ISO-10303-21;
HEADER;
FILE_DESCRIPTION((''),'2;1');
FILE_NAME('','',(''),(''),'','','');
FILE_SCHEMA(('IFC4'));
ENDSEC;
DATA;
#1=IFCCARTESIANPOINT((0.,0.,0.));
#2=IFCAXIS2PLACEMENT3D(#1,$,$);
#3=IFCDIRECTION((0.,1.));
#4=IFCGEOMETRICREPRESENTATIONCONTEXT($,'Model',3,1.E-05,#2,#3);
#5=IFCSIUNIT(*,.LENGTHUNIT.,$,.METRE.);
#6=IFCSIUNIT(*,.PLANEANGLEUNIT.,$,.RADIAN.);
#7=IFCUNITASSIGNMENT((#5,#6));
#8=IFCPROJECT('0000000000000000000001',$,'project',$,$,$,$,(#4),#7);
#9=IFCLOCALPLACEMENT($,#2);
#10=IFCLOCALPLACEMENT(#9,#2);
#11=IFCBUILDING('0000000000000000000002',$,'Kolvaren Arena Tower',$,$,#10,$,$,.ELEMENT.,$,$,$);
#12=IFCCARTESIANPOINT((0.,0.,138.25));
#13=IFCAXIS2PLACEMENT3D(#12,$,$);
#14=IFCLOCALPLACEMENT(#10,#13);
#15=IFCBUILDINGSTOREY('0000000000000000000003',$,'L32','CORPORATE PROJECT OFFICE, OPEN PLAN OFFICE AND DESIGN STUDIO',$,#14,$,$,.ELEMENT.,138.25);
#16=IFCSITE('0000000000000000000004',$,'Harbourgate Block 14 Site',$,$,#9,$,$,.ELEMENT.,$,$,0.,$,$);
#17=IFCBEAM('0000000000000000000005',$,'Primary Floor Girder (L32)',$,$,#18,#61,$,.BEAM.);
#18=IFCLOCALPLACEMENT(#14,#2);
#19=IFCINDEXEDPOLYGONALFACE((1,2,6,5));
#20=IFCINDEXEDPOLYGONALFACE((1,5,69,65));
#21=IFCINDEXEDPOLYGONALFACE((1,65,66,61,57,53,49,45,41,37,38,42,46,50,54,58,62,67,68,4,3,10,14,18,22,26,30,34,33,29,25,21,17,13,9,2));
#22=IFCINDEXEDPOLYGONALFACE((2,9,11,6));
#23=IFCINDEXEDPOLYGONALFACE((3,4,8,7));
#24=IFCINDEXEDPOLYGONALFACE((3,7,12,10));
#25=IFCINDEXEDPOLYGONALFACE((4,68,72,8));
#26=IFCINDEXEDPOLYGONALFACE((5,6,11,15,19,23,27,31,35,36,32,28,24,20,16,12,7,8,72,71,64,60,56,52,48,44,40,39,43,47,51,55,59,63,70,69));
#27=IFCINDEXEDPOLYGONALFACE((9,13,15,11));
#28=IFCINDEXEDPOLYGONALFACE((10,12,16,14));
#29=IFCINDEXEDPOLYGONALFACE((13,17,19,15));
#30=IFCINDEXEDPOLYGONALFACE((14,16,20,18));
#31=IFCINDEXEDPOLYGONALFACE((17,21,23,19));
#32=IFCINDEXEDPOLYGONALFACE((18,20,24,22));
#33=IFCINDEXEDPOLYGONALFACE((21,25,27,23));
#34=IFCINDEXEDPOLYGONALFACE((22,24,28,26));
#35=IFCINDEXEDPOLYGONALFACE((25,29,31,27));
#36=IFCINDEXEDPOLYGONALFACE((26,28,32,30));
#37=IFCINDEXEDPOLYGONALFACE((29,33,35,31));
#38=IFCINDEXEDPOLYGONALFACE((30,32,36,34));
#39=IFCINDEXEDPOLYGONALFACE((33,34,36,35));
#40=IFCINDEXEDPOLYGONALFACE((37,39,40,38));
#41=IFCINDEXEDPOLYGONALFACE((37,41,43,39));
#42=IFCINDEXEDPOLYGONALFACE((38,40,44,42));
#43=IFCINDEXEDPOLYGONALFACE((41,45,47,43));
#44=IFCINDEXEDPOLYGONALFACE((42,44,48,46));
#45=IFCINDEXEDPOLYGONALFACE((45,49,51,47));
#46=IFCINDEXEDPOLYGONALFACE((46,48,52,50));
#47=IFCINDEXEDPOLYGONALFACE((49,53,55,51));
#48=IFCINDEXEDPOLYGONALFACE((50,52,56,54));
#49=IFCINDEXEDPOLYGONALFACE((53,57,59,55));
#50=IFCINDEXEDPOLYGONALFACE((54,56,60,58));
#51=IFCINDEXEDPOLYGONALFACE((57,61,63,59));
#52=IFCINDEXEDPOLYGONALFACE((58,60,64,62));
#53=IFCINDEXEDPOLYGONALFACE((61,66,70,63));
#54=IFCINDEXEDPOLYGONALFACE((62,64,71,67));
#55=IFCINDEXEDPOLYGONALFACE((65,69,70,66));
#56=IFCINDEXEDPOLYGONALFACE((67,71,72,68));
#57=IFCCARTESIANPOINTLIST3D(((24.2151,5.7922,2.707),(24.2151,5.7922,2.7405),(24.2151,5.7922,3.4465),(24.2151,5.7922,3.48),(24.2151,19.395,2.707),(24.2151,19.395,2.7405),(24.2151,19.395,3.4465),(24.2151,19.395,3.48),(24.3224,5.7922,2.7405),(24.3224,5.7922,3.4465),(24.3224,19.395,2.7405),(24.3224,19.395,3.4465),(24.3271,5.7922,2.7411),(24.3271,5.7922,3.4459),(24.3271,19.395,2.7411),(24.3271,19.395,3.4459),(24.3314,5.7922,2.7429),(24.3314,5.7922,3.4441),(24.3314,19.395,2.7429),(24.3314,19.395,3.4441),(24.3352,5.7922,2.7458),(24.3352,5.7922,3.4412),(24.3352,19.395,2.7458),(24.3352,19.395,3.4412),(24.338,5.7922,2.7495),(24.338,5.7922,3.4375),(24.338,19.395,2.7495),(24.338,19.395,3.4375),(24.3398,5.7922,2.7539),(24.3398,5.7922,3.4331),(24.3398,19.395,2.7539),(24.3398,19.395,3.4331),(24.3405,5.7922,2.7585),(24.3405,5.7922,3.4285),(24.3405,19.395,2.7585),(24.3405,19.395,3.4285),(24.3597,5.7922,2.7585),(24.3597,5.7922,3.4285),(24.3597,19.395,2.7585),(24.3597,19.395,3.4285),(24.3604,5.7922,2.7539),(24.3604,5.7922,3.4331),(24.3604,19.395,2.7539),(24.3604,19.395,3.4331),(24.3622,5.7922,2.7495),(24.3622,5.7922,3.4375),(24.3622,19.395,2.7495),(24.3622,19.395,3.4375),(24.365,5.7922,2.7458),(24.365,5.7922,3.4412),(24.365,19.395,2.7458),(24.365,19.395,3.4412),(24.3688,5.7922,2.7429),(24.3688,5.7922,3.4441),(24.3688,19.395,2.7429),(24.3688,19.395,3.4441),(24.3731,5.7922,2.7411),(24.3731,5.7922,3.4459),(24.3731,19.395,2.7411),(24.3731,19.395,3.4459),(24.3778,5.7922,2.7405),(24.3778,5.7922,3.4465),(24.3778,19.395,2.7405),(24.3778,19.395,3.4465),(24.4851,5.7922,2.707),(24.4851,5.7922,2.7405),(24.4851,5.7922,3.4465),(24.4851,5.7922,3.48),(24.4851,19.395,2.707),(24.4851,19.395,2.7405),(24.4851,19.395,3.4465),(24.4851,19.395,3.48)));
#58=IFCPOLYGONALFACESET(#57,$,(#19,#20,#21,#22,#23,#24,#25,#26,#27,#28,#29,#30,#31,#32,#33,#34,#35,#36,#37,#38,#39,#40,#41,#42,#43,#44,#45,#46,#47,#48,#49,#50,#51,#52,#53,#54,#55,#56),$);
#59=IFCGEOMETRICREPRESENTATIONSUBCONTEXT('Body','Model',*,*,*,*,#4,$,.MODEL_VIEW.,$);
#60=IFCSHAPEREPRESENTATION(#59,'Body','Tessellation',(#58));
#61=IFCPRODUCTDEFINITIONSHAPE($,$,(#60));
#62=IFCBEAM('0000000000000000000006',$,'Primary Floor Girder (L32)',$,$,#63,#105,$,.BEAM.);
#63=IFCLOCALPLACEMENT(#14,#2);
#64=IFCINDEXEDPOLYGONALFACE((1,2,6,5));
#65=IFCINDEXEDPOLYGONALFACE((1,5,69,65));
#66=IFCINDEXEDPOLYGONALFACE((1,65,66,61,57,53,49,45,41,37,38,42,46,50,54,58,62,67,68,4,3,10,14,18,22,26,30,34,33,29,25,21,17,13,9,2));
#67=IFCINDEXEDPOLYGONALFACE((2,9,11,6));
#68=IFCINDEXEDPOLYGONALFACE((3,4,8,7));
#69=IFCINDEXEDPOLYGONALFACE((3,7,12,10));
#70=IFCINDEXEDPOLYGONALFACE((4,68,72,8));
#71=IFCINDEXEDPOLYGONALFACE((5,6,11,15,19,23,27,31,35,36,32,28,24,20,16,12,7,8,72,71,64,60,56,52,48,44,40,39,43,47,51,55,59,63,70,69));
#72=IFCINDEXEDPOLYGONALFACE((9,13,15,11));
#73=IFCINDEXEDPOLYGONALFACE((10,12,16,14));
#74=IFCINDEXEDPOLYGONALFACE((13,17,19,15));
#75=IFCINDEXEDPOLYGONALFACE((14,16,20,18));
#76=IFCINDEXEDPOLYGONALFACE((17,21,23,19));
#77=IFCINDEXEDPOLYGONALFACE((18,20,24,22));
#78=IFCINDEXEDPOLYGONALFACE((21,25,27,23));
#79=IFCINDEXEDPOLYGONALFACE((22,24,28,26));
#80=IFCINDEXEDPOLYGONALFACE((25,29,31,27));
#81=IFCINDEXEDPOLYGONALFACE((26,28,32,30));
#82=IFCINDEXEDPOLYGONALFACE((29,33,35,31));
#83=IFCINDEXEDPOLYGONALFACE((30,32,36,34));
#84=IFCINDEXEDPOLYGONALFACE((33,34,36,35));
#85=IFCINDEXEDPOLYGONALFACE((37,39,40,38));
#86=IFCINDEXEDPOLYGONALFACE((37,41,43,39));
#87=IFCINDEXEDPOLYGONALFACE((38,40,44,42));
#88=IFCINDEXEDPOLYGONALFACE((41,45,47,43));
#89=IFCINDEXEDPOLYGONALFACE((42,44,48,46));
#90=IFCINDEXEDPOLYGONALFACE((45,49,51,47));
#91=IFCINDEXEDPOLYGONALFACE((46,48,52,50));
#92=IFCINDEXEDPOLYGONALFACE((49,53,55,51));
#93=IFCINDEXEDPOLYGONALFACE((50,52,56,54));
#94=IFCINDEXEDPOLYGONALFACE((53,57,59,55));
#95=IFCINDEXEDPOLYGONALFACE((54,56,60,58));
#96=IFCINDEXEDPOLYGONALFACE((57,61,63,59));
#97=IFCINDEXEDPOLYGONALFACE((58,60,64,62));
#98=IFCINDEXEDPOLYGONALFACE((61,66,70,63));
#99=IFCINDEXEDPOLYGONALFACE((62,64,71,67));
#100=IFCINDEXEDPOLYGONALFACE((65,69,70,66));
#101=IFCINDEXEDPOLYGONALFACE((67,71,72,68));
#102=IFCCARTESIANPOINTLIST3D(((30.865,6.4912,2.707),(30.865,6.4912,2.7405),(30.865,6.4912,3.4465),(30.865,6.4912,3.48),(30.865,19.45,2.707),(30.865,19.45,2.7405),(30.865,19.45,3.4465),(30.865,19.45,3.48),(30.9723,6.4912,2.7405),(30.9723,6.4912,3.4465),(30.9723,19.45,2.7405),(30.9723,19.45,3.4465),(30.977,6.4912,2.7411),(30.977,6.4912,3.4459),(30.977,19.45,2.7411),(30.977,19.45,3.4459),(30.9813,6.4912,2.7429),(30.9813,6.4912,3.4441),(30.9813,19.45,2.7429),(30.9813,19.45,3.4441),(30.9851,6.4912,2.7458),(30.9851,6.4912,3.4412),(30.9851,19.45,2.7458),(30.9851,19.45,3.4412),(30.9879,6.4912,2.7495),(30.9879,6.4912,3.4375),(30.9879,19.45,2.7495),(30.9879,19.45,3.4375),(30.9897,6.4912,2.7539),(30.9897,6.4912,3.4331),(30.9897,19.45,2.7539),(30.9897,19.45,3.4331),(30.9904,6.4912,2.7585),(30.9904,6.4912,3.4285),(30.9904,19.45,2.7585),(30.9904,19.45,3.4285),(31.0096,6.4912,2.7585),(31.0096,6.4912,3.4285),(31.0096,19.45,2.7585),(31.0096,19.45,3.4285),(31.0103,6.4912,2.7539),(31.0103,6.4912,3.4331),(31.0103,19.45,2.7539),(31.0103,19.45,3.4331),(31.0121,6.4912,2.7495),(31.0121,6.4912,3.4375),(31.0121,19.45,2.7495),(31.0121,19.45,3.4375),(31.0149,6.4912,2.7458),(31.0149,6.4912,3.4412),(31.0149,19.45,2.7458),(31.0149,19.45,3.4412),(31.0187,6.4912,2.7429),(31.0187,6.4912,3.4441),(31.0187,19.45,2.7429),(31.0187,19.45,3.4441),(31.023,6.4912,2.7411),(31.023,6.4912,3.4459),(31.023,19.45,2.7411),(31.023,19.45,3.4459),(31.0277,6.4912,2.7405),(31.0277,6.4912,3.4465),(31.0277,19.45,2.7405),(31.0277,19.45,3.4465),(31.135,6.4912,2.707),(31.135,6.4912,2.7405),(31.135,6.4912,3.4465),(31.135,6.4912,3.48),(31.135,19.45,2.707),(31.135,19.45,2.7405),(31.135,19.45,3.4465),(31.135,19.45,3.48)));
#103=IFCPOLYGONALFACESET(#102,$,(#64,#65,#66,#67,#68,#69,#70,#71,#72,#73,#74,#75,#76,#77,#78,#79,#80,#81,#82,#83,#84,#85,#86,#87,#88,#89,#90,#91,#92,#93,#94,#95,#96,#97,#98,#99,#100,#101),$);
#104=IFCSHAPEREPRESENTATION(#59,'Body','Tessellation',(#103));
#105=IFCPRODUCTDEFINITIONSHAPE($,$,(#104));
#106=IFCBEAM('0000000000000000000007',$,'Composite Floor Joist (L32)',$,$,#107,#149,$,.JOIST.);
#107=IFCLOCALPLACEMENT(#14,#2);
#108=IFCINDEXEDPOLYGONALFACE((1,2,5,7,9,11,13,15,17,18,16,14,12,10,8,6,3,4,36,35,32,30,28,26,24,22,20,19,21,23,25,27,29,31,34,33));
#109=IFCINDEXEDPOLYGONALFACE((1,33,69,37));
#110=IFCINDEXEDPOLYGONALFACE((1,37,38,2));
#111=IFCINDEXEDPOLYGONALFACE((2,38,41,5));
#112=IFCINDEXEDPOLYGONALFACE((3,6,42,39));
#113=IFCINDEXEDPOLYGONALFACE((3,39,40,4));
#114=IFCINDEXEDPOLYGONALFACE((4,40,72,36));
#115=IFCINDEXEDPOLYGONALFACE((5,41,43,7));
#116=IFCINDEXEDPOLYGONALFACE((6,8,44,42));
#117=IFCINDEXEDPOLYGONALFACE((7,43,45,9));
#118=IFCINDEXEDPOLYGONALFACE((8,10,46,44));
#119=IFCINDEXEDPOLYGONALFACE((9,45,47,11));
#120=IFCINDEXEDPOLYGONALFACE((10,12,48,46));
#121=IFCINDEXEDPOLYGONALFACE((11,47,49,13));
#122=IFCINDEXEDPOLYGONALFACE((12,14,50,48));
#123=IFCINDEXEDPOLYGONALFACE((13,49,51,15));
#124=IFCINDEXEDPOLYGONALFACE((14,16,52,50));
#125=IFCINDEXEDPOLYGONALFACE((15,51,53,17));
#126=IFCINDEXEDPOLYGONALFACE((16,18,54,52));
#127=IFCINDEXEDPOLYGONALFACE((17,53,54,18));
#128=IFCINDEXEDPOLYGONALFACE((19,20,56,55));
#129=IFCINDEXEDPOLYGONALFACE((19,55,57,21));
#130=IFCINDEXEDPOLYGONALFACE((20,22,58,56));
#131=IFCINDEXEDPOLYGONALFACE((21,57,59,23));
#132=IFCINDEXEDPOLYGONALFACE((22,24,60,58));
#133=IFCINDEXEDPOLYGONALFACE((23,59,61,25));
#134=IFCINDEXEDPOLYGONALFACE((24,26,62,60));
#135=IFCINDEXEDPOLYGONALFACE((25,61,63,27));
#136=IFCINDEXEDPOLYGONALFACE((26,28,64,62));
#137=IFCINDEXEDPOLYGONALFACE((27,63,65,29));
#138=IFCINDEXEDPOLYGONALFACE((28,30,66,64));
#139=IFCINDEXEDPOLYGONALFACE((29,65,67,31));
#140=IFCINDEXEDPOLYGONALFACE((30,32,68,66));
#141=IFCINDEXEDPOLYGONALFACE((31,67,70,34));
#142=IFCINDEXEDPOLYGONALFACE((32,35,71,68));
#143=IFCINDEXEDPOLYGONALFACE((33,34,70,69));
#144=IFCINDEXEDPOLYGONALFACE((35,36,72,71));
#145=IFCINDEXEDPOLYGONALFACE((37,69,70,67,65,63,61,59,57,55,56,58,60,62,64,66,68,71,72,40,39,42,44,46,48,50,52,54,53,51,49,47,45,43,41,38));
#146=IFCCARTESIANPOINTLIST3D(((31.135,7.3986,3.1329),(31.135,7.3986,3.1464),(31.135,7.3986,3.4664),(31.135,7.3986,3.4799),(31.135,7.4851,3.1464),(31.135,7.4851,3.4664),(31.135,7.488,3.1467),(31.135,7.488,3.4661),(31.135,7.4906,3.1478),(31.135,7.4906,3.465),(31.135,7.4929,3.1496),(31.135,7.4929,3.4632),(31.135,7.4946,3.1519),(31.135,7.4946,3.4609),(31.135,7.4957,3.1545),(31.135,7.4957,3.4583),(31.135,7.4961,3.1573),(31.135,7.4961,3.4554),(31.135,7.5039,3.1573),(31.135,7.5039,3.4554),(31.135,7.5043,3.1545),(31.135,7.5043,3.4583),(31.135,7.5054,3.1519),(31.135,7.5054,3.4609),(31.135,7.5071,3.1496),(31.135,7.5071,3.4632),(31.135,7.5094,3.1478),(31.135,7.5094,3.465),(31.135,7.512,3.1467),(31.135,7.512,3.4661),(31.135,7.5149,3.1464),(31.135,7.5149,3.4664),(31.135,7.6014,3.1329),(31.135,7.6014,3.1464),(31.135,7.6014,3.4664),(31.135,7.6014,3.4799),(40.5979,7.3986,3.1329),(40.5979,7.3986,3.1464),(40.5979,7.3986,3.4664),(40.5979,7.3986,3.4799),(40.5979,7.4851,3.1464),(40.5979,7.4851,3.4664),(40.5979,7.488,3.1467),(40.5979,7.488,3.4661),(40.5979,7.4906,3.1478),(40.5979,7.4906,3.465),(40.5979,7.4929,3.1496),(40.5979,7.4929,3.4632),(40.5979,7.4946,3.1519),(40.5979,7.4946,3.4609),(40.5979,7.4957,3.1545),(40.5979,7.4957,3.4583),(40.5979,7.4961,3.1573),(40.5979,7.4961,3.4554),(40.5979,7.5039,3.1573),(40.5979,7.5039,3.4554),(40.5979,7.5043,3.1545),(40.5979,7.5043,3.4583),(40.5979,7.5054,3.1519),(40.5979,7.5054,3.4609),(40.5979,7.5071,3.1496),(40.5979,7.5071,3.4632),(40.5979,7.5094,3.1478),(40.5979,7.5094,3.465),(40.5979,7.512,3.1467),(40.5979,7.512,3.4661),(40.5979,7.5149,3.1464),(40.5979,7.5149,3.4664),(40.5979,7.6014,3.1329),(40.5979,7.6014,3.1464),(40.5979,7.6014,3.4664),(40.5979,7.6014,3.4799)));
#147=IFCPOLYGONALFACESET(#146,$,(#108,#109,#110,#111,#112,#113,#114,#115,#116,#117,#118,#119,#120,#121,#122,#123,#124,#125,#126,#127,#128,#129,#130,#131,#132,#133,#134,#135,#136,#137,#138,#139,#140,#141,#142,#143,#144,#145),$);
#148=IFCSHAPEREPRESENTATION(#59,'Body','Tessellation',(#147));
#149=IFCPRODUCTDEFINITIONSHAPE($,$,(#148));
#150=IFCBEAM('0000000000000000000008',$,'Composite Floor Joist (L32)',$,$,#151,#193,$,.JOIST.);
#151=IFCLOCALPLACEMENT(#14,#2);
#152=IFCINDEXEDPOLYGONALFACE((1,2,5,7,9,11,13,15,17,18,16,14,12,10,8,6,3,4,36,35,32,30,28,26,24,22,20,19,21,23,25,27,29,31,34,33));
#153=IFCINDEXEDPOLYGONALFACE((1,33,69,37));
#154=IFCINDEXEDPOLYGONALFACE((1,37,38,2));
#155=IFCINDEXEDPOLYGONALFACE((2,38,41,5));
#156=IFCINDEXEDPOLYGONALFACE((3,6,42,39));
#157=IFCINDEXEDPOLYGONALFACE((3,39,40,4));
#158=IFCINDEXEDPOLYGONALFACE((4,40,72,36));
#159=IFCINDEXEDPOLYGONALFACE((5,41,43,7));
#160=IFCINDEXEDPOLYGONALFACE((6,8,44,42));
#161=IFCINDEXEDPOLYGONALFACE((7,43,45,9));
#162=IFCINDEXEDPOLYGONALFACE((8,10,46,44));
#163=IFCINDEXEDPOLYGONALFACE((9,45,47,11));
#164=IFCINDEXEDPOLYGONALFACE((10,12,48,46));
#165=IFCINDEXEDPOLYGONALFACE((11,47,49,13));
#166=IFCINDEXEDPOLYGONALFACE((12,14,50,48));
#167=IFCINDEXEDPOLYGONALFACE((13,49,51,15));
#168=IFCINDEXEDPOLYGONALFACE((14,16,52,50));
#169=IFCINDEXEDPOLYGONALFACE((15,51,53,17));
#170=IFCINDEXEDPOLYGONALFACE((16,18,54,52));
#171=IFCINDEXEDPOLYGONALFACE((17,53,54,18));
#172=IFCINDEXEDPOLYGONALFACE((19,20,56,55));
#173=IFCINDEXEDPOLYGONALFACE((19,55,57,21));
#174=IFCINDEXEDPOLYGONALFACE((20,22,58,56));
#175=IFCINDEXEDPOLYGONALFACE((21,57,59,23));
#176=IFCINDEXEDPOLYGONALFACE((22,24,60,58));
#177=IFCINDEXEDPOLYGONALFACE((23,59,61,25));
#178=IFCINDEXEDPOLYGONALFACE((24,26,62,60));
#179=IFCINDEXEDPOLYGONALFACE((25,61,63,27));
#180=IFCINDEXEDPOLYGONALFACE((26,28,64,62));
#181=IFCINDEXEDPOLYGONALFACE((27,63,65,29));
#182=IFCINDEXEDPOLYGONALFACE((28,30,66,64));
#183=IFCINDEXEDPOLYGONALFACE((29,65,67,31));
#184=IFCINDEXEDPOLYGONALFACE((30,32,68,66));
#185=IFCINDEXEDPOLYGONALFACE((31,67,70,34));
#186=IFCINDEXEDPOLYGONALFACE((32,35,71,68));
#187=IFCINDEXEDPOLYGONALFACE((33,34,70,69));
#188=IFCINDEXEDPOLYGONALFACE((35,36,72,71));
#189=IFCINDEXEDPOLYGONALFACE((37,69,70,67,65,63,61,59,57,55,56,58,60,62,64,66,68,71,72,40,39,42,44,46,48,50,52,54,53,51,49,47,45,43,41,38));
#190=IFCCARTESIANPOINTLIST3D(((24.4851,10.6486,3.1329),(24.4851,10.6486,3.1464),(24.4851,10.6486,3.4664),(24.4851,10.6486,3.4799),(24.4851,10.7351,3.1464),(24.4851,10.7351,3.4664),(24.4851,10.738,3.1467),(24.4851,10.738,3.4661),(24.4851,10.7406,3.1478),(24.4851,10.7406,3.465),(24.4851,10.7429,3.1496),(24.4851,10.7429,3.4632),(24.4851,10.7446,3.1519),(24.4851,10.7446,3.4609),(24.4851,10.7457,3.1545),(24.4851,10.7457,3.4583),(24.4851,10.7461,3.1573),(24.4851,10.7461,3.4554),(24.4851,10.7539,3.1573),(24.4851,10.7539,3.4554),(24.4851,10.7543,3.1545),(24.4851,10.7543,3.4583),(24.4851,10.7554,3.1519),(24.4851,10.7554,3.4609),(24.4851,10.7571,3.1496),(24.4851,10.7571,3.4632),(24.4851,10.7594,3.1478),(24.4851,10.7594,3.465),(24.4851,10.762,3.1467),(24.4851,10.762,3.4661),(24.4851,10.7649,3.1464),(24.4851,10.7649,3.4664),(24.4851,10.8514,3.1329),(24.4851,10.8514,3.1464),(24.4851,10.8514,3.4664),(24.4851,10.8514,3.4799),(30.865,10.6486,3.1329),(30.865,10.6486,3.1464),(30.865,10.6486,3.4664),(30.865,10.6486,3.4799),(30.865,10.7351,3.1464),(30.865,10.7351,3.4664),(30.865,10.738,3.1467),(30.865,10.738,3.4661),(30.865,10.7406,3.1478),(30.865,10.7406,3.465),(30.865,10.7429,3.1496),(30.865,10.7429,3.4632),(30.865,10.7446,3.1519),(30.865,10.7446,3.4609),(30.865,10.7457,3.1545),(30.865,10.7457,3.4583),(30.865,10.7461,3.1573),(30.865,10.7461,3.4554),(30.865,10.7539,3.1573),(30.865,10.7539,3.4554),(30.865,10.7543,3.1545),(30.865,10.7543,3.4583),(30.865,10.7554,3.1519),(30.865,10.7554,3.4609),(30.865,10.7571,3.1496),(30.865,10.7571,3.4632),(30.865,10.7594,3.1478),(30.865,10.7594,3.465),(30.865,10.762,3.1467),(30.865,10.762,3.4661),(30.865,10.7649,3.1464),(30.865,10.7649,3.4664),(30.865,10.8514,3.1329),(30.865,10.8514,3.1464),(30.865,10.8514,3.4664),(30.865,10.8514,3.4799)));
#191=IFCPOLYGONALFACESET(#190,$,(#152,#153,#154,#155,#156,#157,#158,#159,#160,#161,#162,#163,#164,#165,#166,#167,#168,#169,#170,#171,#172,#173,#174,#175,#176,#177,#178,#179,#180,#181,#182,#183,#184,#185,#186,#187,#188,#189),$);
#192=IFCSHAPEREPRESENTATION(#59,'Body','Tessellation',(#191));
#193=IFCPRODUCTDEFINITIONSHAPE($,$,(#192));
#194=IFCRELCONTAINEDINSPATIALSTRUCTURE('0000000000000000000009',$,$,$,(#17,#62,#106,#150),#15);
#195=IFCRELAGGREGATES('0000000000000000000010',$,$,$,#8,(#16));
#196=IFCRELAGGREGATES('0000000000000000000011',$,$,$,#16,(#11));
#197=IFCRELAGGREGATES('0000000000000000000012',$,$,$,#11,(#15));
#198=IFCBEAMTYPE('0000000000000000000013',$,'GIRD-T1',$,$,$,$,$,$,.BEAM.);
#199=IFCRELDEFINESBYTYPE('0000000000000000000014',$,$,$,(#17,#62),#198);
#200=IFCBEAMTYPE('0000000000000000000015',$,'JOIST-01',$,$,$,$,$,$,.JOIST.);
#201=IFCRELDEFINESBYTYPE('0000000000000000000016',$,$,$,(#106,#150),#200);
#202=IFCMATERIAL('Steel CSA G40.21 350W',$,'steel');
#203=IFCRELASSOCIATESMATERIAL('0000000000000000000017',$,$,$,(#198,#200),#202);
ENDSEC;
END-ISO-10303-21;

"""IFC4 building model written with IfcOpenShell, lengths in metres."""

from ifc_helpers import new_model, si_unit, direction, frame, origin, origin_2d, place, context, subcontext, project, spatial, i_section, extrude, material, material_profile, profile_set, type_object, element, save


model = new_model("IFC4")

# Units and contexts
model_context = context("Model", 3, precision=1e-05, world=origin(), true_north=direction((0.0, 1.0)))
body_context = subcontext(model_context, "Body", "Model", "MODEL_VIEW")
ifc_project = project(units=[si_unit("LENGTHUNIT", "METRE"), si_unit("PLANEANGLEUNIT", "RADIAN")], contexts=[model_context])

# Site, building, storey
site_placement = place(None, origin())
site = spatial("IfcSite", under=ifc_project, at=site_placement, Name="Harbourgate Block 14 Site", CompositionType="ELEMENT", RefElevation=0.0)
building_placement = place(site_placement, origin())
building = spatial("IfcBuilding", under=site, at=building_placement, Name="Kolvaren Arena Tower", CompositionType="ELEMENT")
storey_placement = place(building_placement, frame((0.0, 0.0, 138.25)))
storey = spatial("IfcBuildingStorey", under=building, at=storey_placement, Name="L32", Description="CORPORATE PROJECT OFFICE, OPEN PLAN OFFICE AND DESIGN STUDIO", CompositionType="ELEMENT", Elevation=138.25)

# Beams
ifc_material_1 = material(Name="Steel CSA G40.21 350W", Category="steel")
ifc_material_profile_1 = material_profile(ifc_material_1, i_section(OverallWidth=0.27, OverallDepth=0.7729, WebThickness=0.0193, FlangeThickness=0.0334, FilletRadius=0.0181, at=origin_2d()), Name="W760x257")
ifc_profile_set_1 = profile_set([ifc_material_profile_1], Name="Steel CSA G40.21 350W")
beam_type_1 = type_object("IfcBeamType", Name="GIRD-T1", PredefinedType="BEAM", material=ifc_profile_set_1)
beam_1_placement = place(storey_placement, frame((24.3501, 5.7922, 3.0935), z_axis=(0.0, 1.0, 0.0), x_axis=(-1.0, 0.0, 0.0)))
element("IfcBeam", 1, at=beam_1_placement, inside=storey, type_object=beam_type_1, Name="Primary Floor Girder (L32)", PredefinedType="BEAM", context=body_context, shape_type="SweptSolid", body=[
    extrude(i_section(OverallWidth=0.27, OverallDepth=0.7729, WebThickness=0.0193, FlangeThickness=0.0334, FilletRadius=0.0181, at=origin_2d()), origin(), (0.0, 0.0, 1.0), 13.6028),
])
beam_2_placement = place(storey_placement, frame((31.0, 6.4912, 3.0935), z_axis=(0.0, 1.0, 0.0), x_axis=(-1.0, 0.0, 0.0)))
element("IfcBeam", 2, at=beam_2_placement, inside=storey, type_object=beam_type_1, Name="Primary Floor Girder (L32)", PredefinedType="BEAM", context=body_context, shape_type="SweptSolid", body=[
    extrude(i_section(OverallWidth=0.27, OverallDepth=0.7729, WebThickness=0.0193, FlangeThickness=0.0334, FilletRadius=0.0181, at=origin_2d()), origin(), (0.0, 0.0, 1.0), 12.9587),
])
ifc_material_profile_2 = material_profile(ifc_material_1, i_section(OverallWidth=0.2029, OverallDepth=0.3469, WebThickness=0.0078, FlangeThickness=0.0134, FilletRadius=0.011, at=origin_2d()), Name="W360x64")
ifc_profile_set_2 = profile_set([ifc_material_profile_2], Name="Steel CSA G40.21 350W")
beam_type_2 = type_object("IfcBeamType", Name="JOIST-01", PredefinedType="JOIST", material=ifc_profile_set_2)
beam_3_placement = place(storey_placement, frame((31.135, 7.5, 3.3064), z_axis=(1.0, 0.0, 0.0), x_axis=(0.0, 1.0, 0.0)))
element("IfcBeam", 3, at=beam_3_placement, inside=storey, type_object=beam_type_2, Name="Composite Floor Joist (L32)", PredefinedType="JOIST", context=body_context, shape_type="SweptSolid", body=[
    extrude(i_section(OverallWidth=0.2029, OverallDepth=0.3469, WebThickness=0.0078, FlangeThickness=0.0134, FilletRadius=0.011, at=origin_2d()), origin(), (0.0, 0.0, 1.0), 9.4629),
])
beam_4_placement = place(storey_placement, frame((24.4851, 10.75, 3.3064), z_axis=(1.0, 0.0, 0.0), x_axis=(0.0, 1.0, 0.0)))
element("IfcBeam", 4, at=beam_4_placement, inside=storey, type_object=beam_type_2, Name="Composite Floor Joist (L32)", PredefinedType="JOIST", context=body_context, shape_type="SweptSolid", body=[
    extrude(i_section(OverallWidth=0.2029, OverallDepth=0.3469, WebThickness=0.0078, FlangeThickness=0.0134, FilletRadius=0.011, at=origin_2d()), origin(), (0.0, 0.0, 1.0), 6.3799),
])

save(model, "model.ifc")
